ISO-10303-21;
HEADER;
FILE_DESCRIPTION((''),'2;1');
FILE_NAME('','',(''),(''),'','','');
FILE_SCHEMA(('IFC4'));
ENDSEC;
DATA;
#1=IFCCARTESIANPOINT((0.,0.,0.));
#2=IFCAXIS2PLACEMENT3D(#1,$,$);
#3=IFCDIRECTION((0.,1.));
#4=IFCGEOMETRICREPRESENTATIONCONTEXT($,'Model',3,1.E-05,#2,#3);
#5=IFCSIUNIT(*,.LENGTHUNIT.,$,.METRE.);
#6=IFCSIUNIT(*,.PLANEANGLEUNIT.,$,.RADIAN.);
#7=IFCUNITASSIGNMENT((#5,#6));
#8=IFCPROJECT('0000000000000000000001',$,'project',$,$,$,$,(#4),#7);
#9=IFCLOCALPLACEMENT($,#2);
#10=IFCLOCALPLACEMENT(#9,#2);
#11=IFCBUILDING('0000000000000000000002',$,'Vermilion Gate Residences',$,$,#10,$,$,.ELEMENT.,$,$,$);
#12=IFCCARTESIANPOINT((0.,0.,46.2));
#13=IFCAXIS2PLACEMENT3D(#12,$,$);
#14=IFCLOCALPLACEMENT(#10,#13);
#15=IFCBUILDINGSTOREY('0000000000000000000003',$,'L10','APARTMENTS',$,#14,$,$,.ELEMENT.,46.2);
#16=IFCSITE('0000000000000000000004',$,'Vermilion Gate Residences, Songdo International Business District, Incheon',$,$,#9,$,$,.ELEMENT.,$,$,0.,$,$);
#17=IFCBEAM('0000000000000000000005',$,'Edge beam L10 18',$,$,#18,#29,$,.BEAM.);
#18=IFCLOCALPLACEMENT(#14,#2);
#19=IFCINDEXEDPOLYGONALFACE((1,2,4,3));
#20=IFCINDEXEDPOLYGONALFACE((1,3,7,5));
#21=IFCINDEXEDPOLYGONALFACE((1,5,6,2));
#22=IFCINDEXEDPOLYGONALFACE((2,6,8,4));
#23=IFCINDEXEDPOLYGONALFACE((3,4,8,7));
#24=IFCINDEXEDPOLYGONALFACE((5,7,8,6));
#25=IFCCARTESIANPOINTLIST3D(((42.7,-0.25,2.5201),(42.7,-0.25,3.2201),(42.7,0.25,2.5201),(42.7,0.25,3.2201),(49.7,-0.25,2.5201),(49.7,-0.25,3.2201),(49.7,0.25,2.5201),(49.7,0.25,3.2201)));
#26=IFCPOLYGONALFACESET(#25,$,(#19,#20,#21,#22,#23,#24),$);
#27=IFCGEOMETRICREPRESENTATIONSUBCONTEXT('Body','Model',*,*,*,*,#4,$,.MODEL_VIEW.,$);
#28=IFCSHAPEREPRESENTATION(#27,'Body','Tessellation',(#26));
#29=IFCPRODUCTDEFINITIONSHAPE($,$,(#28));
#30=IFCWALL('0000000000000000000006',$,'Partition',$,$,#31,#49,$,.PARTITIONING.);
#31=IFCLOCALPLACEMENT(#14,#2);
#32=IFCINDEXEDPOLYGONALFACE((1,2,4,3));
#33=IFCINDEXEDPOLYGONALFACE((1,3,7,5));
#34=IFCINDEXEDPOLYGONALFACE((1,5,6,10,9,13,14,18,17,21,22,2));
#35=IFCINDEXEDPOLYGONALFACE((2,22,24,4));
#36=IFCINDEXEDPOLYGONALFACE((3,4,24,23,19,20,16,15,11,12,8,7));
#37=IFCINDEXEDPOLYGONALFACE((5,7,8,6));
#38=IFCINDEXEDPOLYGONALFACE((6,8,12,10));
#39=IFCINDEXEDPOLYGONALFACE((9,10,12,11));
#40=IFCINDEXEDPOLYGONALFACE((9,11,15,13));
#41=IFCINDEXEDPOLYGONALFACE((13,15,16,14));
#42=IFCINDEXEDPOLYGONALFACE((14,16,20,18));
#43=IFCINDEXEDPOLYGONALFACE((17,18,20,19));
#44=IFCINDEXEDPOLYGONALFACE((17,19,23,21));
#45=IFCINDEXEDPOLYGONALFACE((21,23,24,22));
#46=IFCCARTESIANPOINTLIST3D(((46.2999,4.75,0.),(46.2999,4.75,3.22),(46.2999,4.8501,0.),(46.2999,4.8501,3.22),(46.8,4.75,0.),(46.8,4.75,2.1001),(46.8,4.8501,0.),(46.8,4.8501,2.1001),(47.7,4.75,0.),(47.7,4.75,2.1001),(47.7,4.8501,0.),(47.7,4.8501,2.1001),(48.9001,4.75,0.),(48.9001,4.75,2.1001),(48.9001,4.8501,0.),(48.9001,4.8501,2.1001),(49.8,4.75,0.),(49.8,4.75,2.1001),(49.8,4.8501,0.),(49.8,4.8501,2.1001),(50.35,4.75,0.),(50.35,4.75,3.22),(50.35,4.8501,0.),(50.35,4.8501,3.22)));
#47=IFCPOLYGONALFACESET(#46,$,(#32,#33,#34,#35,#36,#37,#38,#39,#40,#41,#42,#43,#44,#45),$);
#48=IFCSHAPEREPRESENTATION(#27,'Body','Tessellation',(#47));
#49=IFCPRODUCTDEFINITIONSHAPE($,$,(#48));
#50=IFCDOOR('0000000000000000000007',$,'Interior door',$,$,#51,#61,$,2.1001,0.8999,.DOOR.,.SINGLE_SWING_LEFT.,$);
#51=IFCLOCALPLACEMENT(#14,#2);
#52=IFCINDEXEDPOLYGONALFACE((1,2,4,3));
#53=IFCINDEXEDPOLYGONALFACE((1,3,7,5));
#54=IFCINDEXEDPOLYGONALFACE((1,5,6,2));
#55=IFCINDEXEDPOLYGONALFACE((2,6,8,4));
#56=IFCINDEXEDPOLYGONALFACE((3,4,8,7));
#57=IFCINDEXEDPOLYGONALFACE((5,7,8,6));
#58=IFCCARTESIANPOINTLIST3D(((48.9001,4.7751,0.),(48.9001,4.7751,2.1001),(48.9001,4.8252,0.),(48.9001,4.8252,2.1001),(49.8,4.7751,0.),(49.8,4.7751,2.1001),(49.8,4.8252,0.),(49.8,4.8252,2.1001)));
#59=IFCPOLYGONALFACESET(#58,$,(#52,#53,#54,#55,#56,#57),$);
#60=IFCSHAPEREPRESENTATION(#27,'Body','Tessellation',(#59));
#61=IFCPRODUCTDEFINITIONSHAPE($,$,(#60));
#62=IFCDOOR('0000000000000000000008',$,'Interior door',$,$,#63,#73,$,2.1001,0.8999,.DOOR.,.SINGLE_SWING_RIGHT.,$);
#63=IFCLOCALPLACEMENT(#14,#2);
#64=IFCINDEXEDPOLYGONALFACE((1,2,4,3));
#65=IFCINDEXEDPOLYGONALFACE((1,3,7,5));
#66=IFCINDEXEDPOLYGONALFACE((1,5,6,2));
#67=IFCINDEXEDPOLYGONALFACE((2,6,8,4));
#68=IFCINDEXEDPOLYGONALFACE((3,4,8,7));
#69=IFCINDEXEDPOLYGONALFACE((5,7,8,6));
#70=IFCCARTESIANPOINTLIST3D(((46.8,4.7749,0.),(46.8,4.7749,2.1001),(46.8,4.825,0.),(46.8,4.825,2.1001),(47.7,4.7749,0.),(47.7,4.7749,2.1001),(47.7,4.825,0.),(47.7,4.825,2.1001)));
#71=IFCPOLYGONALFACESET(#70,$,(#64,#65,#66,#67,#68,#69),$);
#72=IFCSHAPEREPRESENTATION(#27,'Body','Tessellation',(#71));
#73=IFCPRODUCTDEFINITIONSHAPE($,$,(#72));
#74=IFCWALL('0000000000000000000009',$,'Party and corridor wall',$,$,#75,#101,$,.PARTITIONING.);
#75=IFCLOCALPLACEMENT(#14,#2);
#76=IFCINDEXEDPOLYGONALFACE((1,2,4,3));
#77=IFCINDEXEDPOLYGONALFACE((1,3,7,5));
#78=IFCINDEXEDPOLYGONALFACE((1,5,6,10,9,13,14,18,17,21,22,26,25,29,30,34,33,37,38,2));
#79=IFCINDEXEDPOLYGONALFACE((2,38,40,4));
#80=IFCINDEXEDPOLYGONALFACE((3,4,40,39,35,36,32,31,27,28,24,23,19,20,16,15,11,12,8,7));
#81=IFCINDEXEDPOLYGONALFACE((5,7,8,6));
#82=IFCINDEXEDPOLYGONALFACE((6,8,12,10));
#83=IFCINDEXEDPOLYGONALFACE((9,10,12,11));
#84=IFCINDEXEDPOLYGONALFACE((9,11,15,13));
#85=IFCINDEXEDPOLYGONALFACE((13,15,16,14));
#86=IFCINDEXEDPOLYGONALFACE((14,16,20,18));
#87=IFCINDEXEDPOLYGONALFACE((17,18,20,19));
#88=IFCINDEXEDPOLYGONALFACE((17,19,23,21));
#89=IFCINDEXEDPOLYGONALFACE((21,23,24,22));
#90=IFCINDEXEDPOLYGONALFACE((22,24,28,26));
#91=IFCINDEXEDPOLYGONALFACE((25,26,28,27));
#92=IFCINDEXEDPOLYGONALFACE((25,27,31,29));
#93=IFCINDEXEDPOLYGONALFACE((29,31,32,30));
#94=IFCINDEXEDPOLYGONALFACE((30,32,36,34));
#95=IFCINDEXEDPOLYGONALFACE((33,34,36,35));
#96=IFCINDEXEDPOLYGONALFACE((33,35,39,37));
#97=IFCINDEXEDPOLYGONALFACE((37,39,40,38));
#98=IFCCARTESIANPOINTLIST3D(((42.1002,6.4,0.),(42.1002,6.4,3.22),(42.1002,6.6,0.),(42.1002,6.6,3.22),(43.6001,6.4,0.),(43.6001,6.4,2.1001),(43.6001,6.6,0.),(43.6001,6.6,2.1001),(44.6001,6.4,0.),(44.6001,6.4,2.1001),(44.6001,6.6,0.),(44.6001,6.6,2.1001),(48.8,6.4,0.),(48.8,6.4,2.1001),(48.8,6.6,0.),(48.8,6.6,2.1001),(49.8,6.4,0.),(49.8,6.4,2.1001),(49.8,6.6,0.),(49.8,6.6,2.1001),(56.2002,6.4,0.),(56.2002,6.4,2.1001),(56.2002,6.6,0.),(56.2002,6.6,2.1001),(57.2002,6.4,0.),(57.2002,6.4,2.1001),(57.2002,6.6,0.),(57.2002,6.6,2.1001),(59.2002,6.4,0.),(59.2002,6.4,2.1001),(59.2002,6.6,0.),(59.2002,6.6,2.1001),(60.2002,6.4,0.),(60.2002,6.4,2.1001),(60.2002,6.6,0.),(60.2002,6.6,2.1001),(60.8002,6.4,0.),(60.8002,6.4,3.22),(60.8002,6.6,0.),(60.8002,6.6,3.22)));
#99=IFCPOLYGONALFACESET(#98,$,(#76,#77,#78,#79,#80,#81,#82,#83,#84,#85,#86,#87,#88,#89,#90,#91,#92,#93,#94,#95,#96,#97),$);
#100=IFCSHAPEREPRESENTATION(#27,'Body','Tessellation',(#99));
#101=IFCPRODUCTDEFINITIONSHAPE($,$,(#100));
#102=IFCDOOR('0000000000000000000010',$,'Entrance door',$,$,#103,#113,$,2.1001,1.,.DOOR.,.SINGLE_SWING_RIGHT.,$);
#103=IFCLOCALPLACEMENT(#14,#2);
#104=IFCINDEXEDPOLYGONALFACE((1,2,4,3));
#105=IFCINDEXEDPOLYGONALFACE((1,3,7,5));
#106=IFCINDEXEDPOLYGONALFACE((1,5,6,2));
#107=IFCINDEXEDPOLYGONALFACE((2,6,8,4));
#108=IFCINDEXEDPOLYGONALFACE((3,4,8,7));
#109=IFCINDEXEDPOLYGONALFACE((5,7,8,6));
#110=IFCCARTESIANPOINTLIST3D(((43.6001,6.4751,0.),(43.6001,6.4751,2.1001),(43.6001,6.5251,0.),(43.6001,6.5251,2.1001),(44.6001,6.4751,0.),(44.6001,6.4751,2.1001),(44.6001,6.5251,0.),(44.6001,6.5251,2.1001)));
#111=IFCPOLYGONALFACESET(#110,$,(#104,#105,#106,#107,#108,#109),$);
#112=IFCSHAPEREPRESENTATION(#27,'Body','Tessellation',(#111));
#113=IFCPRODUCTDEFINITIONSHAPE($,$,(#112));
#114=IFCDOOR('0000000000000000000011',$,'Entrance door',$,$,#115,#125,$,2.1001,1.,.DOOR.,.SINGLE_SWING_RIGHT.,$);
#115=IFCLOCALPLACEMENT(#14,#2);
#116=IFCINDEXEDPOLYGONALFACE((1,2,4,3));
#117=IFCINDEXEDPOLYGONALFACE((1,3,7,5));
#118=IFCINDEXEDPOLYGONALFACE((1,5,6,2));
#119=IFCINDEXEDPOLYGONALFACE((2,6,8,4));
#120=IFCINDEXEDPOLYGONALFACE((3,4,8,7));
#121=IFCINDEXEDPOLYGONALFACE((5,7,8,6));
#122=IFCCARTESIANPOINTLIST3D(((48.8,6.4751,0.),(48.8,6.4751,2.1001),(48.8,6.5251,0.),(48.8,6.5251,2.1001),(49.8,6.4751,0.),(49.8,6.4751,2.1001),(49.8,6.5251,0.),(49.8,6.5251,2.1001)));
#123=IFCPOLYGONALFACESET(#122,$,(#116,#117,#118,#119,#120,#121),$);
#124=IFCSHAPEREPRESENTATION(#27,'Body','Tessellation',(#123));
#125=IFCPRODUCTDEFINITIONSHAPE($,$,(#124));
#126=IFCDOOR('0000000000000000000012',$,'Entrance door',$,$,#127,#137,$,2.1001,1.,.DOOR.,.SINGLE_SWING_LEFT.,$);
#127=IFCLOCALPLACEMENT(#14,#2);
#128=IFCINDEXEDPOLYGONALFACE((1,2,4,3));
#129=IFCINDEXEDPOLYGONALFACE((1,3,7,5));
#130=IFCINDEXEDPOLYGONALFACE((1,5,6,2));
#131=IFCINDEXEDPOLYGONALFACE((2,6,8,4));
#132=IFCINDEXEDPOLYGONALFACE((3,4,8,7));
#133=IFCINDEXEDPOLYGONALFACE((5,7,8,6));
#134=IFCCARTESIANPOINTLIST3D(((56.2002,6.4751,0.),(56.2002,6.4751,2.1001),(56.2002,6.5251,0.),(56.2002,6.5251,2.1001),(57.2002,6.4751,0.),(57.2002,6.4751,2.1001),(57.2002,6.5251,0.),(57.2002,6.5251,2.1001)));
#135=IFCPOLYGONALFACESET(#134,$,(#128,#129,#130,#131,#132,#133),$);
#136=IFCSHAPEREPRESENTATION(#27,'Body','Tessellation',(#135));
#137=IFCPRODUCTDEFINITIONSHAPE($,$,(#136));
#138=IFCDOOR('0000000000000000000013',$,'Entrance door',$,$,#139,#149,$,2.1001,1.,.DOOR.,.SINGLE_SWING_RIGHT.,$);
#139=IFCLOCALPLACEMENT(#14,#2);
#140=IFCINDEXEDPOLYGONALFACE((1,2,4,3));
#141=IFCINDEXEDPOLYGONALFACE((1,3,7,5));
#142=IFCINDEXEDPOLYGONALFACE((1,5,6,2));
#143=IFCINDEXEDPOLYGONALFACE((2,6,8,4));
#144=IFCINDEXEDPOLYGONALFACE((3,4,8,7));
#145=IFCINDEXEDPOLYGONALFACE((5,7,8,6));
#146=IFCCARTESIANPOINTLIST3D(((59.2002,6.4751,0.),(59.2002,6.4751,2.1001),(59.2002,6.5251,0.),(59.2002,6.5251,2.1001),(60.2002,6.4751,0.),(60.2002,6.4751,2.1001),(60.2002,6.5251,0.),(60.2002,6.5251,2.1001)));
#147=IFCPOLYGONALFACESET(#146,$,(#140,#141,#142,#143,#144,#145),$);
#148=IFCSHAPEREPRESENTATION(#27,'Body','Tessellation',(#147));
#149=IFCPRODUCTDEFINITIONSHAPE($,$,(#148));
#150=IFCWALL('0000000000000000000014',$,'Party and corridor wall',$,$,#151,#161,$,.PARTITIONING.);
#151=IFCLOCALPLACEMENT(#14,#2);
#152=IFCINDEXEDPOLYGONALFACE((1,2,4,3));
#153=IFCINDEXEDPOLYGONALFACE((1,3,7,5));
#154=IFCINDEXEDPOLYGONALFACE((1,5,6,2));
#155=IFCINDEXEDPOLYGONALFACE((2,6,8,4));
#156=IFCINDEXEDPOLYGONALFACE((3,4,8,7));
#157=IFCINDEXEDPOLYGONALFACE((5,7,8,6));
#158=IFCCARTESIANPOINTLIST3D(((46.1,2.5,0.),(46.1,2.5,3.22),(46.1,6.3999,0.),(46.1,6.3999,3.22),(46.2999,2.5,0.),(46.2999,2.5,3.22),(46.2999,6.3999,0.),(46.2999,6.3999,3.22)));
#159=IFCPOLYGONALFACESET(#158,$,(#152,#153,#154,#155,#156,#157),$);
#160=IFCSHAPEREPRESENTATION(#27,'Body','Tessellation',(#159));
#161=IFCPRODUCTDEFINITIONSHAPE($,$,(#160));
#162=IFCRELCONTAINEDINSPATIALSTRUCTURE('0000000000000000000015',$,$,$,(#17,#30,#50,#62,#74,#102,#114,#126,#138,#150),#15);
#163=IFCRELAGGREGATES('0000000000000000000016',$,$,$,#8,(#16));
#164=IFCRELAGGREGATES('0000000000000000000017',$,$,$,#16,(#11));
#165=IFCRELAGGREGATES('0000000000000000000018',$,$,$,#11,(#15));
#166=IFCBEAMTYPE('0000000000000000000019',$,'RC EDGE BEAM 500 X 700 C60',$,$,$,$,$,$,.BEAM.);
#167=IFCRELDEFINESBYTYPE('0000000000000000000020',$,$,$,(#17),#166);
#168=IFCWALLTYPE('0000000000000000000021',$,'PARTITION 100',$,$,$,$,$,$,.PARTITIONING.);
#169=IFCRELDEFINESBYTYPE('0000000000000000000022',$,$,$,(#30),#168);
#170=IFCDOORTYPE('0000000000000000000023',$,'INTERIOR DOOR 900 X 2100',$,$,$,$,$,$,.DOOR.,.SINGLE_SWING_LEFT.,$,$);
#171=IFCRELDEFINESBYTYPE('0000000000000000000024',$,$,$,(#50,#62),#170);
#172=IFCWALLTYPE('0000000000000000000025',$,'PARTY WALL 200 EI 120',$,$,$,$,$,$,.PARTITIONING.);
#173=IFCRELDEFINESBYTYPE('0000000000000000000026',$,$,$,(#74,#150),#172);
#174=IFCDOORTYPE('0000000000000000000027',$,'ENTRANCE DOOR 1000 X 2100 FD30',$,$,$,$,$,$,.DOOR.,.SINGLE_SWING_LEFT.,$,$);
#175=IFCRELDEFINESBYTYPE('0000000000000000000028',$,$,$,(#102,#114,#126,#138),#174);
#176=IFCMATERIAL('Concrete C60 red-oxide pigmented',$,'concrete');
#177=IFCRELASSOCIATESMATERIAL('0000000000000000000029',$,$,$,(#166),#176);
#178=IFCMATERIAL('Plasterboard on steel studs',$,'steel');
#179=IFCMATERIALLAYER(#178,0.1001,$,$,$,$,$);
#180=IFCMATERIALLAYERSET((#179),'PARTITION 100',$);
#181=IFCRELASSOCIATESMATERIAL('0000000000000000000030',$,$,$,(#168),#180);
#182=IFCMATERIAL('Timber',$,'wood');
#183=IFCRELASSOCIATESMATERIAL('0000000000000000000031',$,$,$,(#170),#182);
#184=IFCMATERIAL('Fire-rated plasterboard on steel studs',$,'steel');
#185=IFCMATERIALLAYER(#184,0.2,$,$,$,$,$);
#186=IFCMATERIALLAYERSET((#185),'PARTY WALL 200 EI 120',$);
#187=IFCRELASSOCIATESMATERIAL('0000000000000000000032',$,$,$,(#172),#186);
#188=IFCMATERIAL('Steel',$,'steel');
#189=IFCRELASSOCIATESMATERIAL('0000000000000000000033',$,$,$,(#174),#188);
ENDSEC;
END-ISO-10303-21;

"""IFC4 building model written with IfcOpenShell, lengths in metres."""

from ifc_helpers import new_model, si_unit, direction, frame, frame_2d, origin, origin_2d, place, context, subcontext, project, spatial, rectangle, extrude, material, layer, layer_set, material_profile, profile_set, type_object, element, fill, save


model = new_model("IFC4")

# Units and contexts
model_context = context("Model", 3, precision=1e-05, world=origin(), true_north=direction((0.0, 1.0)))
body_context = subcontext(model_context, "Body", "Model", "MODEL_VIEW")
ifc_project = project(units=[si_unit("LENGTHUNIT", "METRE"), si_unit("PLANEANGLEUNIT", "RADIAN")], contexts=[model_context])

# Site, building, storey
site_placement = place(None, origin())
site = spatial("IfcSite", under=ifc_project, at=site_placement, Name="Vermilion Gate Residences, Songdo International Business District, Incheon", CompositionType="ELEMENT", RefElevation=0.0)
building_placement = place(site_placement, origin())
building = spatial("IfcBuilding", under=site, at=building_placement, Name="Vermilion Gate Residences", CompositionType="ELEMENT")
storey_placement = place(building_placement, frame((0.0, 0.0, 46.2)))
storey = spatial("IfcBuildingStorey", under=building, at=storey_placement, Name="L10", Description="APARTMENTS", CompositionType="ELEMENT", Elevation=46.2)

# Beam
ifc_material_1 = material(Name="Concrete C60 red-oxide pigmented", Category="concrete")
ifc_material_profile_1 = material_profile(ifc_material_1, rectangle(XDim=0.5, YDim=0.7, at=origin_2d()), Name="RC-500x700")
ifc_profile_set_1 = profile_set([ifc_material_profile_1], Name="Concrete C60 red-oxide pigmented")
beam_type = type_object("IfcBeamType", Name="RC EDGE BEAM 500 X 700 C60", PredefinedType="BEAM", material=ifc_profile_set_1)
beam_placement = place(storey_placement, frame((42.7, 0.0, 2.8701), z_axis=(1.0, 0.0, 0.0), x_axis=(0.0, 1.0, 0.0)))
element("IfcBeam", 1, at=beam_placement, inside=storey, type_object=beam_type, Name="Edge beam L10 18", PredefinedType="BEAM", context=body_context, shape_type="SweptSolid", body=[
    extrude(rectangle(XDim=0.5, YDim=0.7, at=origin_2d()), origin(), (0.0, 0.0, 1.0), 7.0),
])

# Walls, openings, doors
ifc_material_2 = material(Name="Plasterboard on steel studs", Category="steel")
ifc_layer_1 = layer(ifc_material_2, 0.1001)
ifc_layer_set_1 = layer_set([ifc_layer_1], Name="PARTITION 100")
wall_type_1 = type_object("IfcWallType", Name="PARTITION 100", PredefinedType="PARTITIONING", material=ifc_layer_set_1)
wall_1_placement = place(storey_placement, frame((46.3, 4.8, 0.0), z_axis=(0.0, 0.0, 1.0), x_axis=(1.0, 0.0, 0.0)))
wall_1 = element("IfcWall", 2, at=wall_1_placement, inside=storey, type_object=wall_type_1, Name="Partition", PredefinedType="PARTITIONING", context=body_context, shape_type="SweptSolid", body=[
    extrude(rectangle(XDim=4.05, YDim=0.1001, at=frame_2d((2.0249, 0.0))), origin(), (0.0, 0.0, 1.0), 3.22),
])
opening_1_placement = place(wall_1_placement, frame((2.6001, 0.0, 0.0)))
opening_1 = element("IfcOpeningElement", 3, at=opening_1_placement, cuts=wall_1, PredefinedType="OPENING", context=body_context, shape_type="SweptSolid", body=[
    extrude(rectangle(XDim=0.8999, YDim=2.1001, at=frame_2d((0.45, 1.05))), frame((0.0, 0.0601, 0.0), z_axis=(0.0, -1.0, 0.0), x_axis=(1.0, 0.0, 0.0)), (0.0, 0.0, 1.0), 0.1201),
])
opening_2_placement = place(wall_1_placement, frame((0.5, 0.0, 0.0)))
opening_2 = element("IfcOpeningElement", 4, at=opening_2_placement, cuts=wall_1, PredefinedType="OPENING", context=body_context, shape_type="SweptSolid", body=[
    extrude(rectangle(XDim=0.8999, YDim=2.1001, at=frame_2d((0.45, 1.05))), frame((0.0, 0.0601, 0.0), z_axis=(0.0, -1.0, 0.0), x_axis=(1.0, 0.0, 0.0)), (0.0, 0.0, 1.0), 0.1201),
])
ifc_material_3 = material(Name="Timber", Category="wood")
door_type_1 = type_object("IfcDoorType", Name="INTERIOR DOOR 900 X 2100", OperationType="SINGLE_SWING_LEFT", PredefinedType="DOOR", material=ifc_material_3)
door_1_placement = place(opening_1_placement, frame((0.8999, 0.0, 0.0), z_axis=(0.0, 0.0, 1.0), x_axis=(-1.0, 0.0, 0.0)))
door_1 = element("IfcDoor", 5, at=door_1_placement, inside=storey, type_object=door_type_1, Name="Interior door", OperationType="SINGLE_SWING_LEFT", OverallHeight=2.1001, OverallWidth=0.8999, PredefinedType="DOOR", context=body_context, shape_type="SweptSolid", body=[
    extrude(rectangle(XDim=0.8999, YDim=2.1001, at=frame_2d((0.45, 1.05))), frame((0.0, 0.0249, 0.0), z_axis=(0.0, -1.0, 0.0), x_axis=(1.0, 0.0, 0.0)), (0.0, 0.0, 1.0), 0.05),
])
fill(opening_1, door_1)
door_2_placement = place(opening_2_placement, origin())
door_2 = element("IfcDoor", 6, at=door_2_placement, inside=storey, type_object=door_type_1, Name="Interior door", OperationType="SINGLE_SWING_RIGHT", OverallHeight=2.1001, OverallWidth=0.8999, PredefinedType="DOOR", context=body_context, shape_type="SweptSolid", body=[
    extrude(rectangle(XDim=0.8999, YDim=2.1001, at=frame_2d((0.45, 1.05))), frame((0.0, 0.0249, 0.0), z_axis=(0.0, -1.0, 0.0), x_axis=(1.0, 0.0, 0.0)), (0.0, 0.0, 1.0), 0.05),
])
fill(opening_2, door_2)
ifc_material_4 = material(Name="Fire-rated plasterboard on steel studs", Category="steel")
ifc_layer_2 = layer(ifc_material_4, 0.2)
ifc_layer_set_2 = layer_set([ifc_layer_2], Name="PARTY WALL 200 EI 120")
wall_type_2 = type_object("IfcWallType", Name="PARTY WALL 200 EI 120", PredefinedType="PARTITIONING", material=ifc_layer_set_2)
wall_2_placement = place(storey_placement, frame((42.1001, 6.5, 0.0), z_axis=(0.0, 0.0, 1.0), x_axis=(1.0, 0.0, 0.0)))
wall_2 = element("IfcWall", 7, at=wall_2_placement, inside=storey, type_object=wall_type_2, Name="Party and corridor wall", PredefinedType="PARTITIONING", context=body_context, shape_type="SweptSolid", body=[
    extrude(rectangle(XDim=18.7, YDim=0.2, at=frame_2d((9.3501, 0.0))), origin(), (0.0, 0.0, 1.0), 3.22),
])
opening_3_placement = place(wall_2_placement, frame((1.5, 0.0, 0.0)))
opening_3 = element("IfcOpeningElement", 8, at=opening_3_placement, cuts=wall_2, PredefinedType="OPENING", context=body_context, shape_type="SweptSolid", body=[
    extrude(rectangle(XDim=1.0, YDim=2.1001, at=frame_2d((0.5, 1.05))), frame((0.0, 0.1099, 0.0), z_axis=(0.0, -1.0, 0.0), x_axis=(1.0, 0.0, 0.0)), (0.0, 0.0, 1.0), 0.22),
])
opening_4_placement = place(wall_2_placement, frame((6.7, 0.0, 0.0)))
opening_4 = element("IfcOpeningElement", 9, at=opening_4_placement, cuts=wall_2, PredefinedType="OPENING", context=body_context, shape_type="SweptSolid", body=[
    extrude(rectangle(XDim=1.0, YDim=2.1001, at=frame_2d((0.5, 1.05))), frame((0.0, 0.1099, 0.0), z_axis=(0.0, -1.0, 0.0), x_axis=(1.0, 0.0, 0.0)), (0.0, 0.0, 1.0), 0.22),
])
opening_5_placement = place(wall_2_placement, frame((14.1001, 0.0, 0.0)))
opening_5 = element("IfcOpeningElement", 10, at=opening_5_placement, cuts=wall_2, PredefinedType="OPENING", context=body_context, shape_type="SweptSolid", body=[
    extrude(rectangle(XDim=1.0, YDim=2.1001, at=frame_2d((0.5, 1.05))), frame((0.0, 0.1099, 0.0), z_axis=(0.0, -1.0, 0.0), x_axis=(1.0, 0.0, 0.0)), (0.0, 0.0, 1.0), 0.22),
])
opening_6_placement = place(wall_2_placement, frame((17.1001, 0.0, 0.0)))
opening_6 = element("IfcOpeningElement", 11, at=opening_6_placement, cuts=wall_2, PredefinedType="OPENING", context=body_context, shape_type="SweptSolid", body=[
    extrude(rectangle(XDim=1.0, YDim=2.1001, at=frame_2d((0.5, 1.05))), frame((0.0, 0.1099, 0.0), z_axis=(0.0, -1.0, 0.0), x_axis=(1.0, 0.0, 0.0)), (0.0, 0.0, 1.0), 0.22),
])
ifc_material_5 = material(Name="Steel", Category="steel")
door_type_2 = type_object("IfcDoorType", Name="ENTRANCE DOOR 1000 X 2100 FD30", OperationType="SINGLE_SWING_LEFT", PredefinedType="DOOR", material=ifc_material_5)
door_3_placement = place(opening_3_placement, frame((1.0, 0.0, 0.0), z_axis=(0.0, 0.0, 1.0), x_axis=(-1.0, 0.0, 0.0)))
door_3 = element("IfcDoor", 12, at=door_3_placement, inside=storey, type_object=door_type_2, Name="Entrance door", OperationType="SINGLE_SWING_RIGHT", OverallHeight=2.1001, OverallWidth=1.0, PredefinedType="DOOR", context=body_context, shape_type="SweptSolid", body=[
    extrude(rectangle(XDim=1.0, YDim=2.1001, at=frame_2d((0.5, 1.05))), frame((0.0, 0.0249, 0.0), z_axis=(0.0, -1.0, 0.0), x_axis=(1.0, 0.0, 0.0)), (0.0, 0.0, 1.0), 0.05),
])
fill(opening_3, door_3)
door_4_placement = place(opening_4_placement, frame((1.0, 0.0, 0.0), z_axis=(0.0, 0.0, 1.0), x_axis=(-1.0, 0.0, 0.0)))
door_4 = element("IfcDoor", 13, at=door_4_placement, inside=storey, type_object=door_type_2, Name="Entrance door", OperationType="SINGLE_SWING_RIGHT", OverallHeight=2.1001, OverallWidth=1.0, PredefinedType="DOOR", context=body_context, shape_type="SweptSolid", body=[
    extrude(rectangle(XDim=1.0, YDim=2.1001, at=frame_2d((0.5, 1.05))), frame((0.0, 0.0249, 0.0), z_axis=(0.0, -1.0, 0.0), x_axis=(1.0, 0.0, 0.0)), (0.0, 0.0, 1.0), 0.05),
])
fill(opening_4, door_4)
door_5_placement = place(opening_5_placement, frame((1.0, 0.0, 0.0), z_axis=(0.0, 0.0, 1.0), x_axis=(-1.0, 0.0, 0.0)))
door_5 = element("IfcDoor", 14, at=door_5_placement, inside=storey, type_object=door_type_2, Name="Entrance door", OperationType="SINGLE_SWING_LEFT", OverallHeight=2.1001, OverallWidth=1.0, PredefinedType="DOOR", context=body_context, shape_type="SweptSolid", body=[
    extrude(rectangle(XDim=1.0, YDim=2.1001, at=frame_2d((0.5, 1.05))), frame((0.0, 0.0249, 0.0), z_axis=(0.0, -1.0, 0.0), x_axis=(1.0, 0.0, 0.0)), (0.0, 0.0, 1.0), 0.05),
])
fill(opening_5, door_5)
door_6_placement = place(opening_6_placement, frame((1.0, 0.0, 0.0), z_axis=(0.0, 0.0, 1.0), x_axis=(-1.0, 0.0, 0.0)))
door_6 = element("IfcDoor", 15, at=door_6_placement, inside=storey, type_object=door_type_2, Name="Entrance door", OperationType="SINGLE_SWING_RIGHT", OverallHeight=2.1001, OverallWidth=1.0, PredefinedType="DOOR", context=body_context, shape_type="SweptSolid", body=[
    extrude(rectangle(XDim=1.0, YDim=2.1001, at=frame_2d((0.5, 1.05))), frame((0.0, 0.0249, 0.0), z_axis=(0.0, -1.0, 0.0), x_axis=(1.0, 0.0, 0.0)), (0.0, 0.0, 1.0), 0.05),
])
fill(opening_6, door_6)

# Wall
wall_3_placement = place(storey_placement, frame((46.2, 2.5, 0.0), z_axis=(0.0, 0.0, 1.0), x_axis=(0.0, 1.0, 0.0)))
element("IfcWall", 16, at=wall_3_placement, inside=storey, type_object=wall_type_2, Name="Party and corridor wall", PredefinedType="PARTITIONING", context=body_context, shape_type="SweptSolid", body=[
    extrude(rectangle(XDim=3.8999, YDim=0.2, at=frame_2d((1.95, 0.0))), origin(), (0.0, 0.0, 1.0), 3.22),
])

save(model, "model.ifc")
